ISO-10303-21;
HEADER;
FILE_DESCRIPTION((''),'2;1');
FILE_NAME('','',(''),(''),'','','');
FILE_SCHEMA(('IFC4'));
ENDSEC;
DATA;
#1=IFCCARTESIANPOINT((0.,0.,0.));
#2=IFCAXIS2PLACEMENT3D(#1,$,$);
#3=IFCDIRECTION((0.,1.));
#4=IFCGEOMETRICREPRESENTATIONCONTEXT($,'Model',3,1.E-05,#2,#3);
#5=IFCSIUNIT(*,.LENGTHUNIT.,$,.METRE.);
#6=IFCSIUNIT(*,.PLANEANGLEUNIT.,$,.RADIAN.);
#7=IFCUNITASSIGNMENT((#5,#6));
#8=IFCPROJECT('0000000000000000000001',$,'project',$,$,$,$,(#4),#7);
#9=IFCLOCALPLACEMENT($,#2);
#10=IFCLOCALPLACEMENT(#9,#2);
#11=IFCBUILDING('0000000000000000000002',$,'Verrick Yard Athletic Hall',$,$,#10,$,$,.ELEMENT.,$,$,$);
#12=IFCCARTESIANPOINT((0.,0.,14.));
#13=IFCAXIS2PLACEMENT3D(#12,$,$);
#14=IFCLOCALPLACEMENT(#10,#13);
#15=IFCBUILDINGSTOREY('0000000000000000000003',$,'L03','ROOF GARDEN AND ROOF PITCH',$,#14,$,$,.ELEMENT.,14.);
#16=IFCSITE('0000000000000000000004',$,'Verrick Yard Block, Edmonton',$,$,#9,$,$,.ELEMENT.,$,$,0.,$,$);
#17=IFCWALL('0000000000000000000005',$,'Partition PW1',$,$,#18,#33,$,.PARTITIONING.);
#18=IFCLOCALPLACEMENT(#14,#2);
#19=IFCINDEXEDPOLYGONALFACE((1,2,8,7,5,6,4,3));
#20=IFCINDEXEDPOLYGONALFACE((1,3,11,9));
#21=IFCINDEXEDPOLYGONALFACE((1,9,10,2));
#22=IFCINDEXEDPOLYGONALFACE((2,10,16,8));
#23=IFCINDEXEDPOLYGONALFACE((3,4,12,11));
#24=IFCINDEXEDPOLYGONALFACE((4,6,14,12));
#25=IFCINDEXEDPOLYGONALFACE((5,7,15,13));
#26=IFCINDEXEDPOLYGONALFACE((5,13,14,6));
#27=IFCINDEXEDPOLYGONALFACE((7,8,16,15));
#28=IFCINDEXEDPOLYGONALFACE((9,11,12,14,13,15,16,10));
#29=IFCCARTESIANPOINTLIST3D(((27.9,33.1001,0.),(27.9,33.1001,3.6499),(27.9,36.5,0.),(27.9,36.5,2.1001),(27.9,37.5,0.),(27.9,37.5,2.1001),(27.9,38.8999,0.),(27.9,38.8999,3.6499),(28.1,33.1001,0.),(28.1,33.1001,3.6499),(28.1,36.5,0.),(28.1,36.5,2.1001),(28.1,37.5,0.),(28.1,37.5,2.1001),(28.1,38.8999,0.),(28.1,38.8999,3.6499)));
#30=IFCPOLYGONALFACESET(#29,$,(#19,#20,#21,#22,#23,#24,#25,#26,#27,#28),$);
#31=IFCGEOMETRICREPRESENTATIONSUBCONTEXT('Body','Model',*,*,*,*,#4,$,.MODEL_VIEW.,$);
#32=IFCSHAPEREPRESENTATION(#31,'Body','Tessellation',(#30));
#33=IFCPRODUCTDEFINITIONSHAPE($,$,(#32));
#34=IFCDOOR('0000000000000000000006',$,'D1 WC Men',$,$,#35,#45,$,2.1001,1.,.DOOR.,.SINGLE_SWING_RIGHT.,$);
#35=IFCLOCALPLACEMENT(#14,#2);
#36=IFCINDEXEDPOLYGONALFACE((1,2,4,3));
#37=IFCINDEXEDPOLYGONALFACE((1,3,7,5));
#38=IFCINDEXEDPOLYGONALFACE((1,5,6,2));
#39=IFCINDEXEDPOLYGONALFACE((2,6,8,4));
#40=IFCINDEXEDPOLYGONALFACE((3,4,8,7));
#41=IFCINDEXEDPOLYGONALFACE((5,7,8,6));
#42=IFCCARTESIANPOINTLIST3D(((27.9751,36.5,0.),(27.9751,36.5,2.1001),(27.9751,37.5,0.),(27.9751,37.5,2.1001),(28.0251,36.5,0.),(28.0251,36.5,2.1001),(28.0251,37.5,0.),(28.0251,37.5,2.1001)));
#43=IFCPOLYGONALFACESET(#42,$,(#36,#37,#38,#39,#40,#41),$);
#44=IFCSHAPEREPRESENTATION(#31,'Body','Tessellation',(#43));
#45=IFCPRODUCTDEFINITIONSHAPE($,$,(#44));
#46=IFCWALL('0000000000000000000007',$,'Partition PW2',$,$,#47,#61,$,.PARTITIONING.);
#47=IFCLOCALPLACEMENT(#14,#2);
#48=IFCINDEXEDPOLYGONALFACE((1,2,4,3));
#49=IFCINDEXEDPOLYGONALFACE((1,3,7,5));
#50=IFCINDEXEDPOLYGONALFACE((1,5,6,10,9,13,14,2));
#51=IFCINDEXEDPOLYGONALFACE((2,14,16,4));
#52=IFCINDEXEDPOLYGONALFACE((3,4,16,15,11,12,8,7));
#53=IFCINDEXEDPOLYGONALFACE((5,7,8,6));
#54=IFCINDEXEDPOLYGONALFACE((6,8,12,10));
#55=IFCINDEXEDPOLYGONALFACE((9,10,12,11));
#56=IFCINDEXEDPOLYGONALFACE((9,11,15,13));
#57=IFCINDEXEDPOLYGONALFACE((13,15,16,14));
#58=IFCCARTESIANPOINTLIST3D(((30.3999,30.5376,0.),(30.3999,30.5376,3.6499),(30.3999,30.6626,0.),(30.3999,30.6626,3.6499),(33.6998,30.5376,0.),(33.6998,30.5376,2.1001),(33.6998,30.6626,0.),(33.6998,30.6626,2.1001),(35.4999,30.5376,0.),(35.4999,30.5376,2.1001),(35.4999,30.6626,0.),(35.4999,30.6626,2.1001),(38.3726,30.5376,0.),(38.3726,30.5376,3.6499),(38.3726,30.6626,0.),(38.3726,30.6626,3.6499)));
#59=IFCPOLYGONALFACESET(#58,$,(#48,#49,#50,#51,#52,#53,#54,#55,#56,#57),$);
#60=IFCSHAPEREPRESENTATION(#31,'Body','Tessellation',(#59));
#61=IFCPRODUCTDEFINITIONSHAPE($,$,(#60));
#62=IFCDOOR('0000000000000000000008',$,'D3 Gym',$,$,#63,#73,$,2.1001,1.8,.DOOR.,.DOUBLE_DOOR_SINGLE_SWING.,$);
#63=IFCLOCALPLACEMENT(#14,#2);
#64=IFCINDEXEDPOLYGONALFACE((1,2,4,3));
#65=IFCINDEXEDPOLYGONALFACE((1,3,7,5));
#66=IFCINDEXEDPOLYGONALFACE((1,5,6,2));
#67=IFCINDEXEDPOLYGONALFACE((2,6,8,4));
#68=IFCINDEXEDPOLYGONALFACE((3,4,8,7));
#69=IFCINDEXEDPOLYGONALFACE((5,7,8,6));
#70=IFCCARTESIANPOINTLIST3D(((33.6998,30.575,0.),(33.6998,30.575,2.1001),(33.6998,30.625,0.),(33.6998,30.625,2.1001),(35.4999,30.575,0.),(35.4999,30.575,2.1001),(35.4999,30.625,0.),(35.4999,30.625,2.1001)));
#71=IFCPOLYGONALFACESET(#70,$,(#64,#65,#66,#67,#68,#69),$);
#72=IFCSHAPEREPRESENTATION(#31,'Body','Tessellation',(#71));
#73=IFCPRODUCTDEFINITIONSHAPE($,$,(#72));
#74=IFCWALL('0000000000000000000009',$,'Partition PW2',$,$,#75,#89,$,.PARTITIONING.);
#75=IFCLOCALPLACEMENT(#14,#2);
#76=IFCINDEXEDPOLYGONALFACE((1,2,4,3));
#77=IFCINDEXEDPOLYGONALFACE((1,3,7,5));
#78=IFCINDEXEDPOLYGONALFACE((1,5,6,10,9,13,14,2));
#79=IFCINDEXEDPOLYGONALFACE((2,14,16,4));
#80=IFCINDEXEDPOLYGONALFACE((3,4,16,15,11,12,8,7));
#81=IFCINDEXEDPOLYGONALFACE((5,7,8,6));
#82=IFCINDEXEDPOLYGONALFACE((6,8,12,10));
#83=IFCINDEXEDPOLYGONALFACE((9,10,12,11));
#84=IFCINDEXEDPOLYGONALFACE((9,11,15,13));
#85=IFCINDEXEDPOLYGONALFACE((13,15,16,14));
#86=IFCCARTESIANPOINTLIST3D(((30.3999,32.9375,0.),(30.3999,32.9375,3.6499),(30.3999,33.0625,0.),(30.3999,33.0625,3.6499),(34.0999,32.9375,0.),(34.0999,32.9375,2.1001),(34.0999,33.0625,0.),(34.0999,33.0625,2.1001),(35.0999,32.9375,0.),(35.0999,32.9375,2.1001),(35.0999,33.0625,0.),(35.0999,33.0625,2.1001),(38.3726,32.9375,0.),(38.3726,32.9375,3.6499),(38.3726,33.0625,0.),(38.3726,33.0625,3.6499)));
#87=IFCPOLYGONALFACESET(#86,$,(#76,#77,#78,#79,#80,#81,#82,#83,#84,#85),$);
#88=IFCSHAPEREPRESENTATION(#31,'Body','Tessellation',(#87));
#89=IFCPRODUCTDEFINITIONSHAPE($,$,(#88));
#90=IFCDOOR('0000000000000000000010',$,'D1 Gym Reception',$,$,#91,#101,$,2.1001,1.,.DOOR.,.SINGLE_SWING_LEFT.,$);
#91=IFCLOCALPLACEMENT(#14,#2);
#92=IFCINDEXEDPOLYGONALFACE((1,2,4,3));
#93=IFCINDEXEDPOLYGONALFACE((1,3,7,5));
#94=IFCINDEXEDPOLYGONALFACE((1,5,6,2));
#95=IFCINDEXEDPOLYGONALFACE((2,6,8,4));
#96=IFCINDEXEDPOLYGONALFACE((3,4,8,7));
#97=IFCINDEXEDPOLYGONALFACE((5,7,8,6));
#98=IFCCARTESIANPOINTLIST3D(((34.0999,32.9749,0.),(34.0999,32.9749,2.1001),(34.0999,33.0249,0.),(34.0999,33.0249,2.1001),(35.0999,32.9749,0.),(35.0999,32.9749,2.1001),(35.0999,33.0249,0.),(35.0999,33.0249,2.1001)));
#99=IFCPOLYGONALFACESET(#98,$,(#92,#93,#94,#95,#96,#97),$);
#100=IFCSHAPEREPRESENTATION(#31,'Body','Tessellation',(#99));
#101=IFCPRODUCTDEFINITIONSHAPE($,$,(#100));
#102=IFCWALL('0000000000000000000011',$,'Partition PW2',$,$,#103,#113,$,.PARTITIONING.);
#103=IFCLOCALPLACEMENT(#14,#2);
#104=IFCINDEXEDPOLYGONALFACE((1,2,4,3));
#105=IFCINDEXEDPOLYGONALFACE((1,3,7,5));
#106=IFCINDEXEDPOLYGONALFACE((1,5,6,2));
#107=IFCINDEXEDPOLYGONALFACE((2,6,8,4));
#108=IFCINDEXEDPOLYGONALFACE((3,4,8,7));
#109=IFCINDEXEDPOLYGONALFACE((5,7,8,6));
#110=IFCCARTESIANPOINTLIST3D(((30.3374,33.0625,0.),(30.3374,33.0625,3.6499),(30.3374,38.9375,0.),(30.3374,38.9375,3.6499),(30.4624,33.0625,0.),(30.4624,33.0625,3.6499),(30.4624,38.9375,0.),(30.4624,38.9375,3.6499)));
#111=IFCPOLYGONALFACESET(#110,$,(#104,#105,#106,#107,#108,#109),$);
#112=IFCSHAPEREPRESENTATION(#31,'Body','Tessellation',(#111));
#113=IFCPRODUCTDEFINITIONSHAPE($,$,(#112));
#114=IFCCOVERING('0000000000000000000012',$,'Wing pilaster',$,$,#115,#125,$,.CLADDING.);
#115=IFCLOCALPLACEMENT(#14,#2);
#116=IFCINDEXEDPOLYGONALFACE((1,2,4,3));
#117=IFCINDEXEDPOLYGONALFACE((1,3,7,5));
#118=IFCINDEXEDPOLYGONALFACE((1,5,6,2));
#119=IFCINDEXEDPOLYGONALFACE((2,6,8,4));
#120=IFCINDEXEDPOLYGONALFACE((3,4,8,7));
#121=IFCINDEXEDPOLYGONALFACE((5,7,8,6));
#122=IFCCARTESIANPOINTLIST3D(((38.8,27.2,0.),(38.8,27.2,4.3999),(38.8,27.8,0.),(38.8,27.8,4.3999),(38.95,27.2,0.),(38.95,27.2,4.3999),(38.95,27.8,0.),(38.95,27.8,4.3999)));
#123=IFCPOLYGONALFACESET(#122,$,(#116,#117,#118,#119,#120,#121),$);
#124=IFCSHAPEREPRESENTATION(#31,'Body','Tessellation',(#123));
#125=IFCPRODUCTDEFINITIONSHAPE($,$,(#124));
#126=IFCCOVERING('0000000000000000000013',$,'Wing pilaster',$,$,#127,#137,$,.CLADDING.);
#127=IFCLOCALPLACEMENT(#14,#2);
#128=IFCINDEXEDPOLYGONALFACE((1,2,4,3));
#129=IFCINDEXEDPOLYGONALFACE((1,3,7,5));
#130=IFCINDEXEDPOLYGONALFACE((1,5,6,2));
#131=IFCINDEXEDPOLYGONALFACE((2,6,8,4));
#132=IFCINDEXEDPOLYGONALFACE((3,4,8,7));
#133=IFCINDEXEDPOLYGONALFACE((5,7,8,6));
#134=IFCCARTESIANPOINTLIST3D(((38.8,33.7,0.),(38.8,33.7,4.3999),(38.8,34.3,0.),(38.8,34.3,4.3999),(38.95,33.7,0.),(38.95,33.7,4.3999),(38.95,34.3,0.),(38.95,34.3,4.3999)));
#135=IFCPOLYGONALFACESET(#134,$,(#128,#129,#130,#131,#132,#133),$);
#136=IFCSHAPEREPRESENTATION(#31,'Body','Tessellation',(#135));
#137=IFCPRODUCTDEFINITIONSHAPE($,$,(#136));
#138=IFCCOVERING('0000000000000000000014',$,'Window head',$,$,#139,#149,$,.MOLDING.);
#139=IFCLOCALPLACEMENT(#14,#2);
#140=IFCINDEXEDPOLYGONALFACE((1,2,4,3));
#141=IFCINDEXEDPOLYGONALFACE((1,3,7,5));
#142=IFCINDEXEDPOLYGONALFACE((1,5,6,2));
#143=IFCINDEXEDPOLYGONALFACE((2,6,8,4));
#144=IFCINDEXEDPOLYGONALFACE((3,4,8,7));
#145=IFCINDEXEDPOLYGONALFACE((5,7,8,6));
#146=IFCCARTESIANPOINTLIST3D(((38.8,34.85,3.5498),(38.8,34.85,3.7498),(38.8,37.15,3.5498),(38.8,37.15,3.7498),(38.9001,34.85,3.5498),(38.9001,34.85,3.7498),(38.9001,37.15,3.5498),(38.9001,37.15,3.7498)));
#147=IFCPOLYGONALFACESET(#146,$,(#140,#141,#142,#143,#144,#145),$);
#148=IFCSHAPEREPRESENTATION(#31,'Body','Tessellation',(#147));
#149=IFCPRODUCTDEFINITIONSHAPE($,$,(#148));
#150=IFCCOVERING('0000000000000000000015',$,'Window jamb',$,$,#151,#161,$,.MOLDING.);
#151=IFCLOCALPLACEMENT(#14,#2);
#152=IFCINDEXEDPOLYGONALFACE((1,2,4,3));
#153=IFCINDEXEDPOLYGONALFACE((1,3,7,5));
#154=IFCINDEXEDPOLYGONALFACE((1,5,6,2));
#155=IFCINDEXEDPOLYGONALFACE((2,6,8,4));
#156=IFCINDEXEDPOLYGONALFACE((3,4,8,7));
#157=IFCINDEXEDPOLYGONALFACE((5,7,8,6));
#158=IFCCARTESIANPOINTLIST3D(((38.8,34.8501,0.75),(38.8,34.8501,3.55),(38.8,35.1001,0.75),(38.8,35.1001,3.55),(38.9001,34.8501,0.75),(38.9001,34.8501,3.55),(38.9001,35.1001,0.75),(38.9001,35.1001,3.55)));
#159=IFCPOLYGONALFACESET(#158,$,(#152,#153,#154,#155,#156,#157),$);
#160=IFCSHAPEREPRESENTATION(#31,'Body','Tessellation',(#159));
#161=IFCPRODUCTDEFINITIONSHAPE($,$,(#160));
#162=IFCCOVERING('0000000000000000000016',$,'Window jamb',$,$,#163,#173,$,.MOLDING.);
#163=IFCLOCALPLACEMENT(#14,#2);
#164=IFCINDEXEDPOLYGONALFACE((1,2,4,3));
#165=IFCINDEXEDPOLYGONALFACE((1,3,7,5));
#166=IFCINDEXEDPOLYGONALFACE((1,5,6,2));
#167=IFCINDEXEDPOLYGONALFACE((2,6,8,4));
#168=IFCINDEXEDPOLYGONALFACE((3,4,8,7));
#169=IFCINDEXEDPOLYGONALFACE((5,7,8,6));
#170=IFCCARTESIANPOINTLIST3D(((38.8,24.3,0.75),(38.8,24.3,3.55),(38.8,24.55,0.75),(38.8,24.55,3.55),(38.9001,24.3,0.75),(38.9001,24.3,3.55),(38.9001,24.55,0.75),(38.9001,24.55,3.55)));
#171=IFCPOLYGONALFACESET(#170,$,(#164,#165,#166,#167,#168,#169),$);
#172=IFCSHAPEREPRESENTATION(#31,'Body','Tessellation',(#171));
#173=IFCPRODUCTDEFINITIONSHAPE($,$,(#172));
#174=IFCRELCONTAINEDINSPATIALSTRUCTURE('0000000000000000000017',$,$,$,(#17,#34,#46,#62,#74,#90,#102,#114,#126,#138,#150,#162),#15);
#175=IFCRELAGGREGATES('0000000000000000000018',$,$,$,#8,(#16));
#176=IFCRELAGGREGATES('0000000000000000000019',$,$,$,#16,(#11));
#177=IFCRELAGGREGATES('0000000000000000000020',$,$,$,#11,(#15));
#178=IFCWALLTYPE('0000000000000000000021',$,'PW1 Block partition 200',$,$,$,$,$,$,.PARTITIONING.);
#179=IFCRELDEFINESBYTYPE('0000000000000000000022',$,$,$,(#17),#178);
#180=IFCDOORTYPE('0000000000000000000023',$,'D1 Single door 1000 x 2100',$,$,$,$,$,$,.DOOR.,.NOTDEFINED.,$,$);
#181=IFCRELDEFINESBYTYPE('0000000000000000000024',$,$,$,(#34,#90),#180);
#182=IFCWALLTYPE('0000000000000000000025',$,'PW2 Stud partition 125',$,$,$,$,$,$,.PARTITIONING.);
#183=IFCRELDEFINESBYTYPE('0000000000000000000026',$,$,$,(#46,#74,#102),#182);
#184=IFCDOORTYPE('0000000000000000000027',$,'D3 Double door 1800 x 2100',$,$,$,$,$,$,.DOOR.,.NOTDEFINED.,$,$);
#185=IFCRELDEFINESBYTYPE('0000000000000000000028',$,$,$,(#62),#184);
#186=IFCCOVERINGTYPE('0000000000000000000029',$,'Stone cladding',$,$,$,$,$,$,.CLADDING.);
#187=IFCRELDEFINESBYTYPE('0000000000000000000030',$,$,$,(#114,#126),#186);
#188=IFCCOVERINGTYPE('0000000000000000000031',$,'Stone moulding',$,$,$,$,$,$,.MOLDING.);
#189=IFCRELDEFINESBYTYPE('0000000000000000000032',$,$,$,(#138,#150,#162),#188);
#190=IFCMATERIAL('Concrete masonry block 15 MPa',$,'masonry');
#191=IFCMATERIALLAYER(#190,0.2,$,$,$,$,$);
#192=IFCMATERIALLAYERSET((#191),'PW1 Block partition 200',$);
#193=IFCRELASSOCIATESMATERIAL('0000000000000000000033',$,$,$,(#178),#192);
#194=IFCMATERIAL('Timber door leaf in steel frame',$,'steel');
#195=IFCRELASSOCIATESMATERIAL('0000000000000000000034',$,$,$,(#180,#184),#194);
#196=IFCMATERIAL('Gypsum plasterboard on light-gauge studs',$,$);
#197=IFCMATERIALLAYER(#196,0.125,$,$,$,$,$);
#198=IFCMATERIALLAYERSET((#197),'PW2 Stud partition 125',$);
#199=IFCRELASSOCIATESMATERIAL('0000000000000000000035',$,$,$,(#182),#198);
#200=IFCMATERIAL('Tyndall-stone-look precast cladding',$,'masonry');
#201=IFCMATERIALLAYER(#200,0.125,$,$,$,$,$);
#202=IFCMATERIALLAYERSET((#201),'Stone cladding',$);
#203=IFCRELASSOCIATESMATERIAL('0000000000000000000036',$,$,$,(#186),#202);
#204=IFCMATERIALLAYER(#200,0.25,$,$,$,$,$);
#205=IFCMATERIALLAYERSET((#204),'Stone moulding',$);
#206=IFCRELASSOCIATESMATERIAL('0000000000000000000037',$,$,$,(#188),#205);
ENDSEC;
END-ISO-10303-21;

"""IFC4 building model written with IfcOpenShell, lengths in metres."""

from ifc_helpers import new_model, si_unit, direction, frame, frame_2d, origin, origin_2d, place, context, subcontext, project, spatial, rectangle, extrude, material, layer, layer_set, type_object, element, fill, save


model = new_model("IFC4")

# Units and contexts
model_context = context("Model", 3, precision=1e-05, world=origin(), true_north=direction((0.0, 1.0)))
body_context = subcontext(model_context, "Body", "Model", "MODEL_VIEW")
ifc_project = project(units=[si_unit("LENGTHUNIT", "METRE"), si_unit("PLANEANGLEUNIT", "RADIAN")], contexts=[model_context])

# Site, building, storey
site_placement = place(None, origin())
site = spatial("IfcSite", under=ifc_project, at=site_placement, Name="Verrick Yard Block, Edmonton", CompositionType="ELEMENT", RefElevation=0.0)
building_placement = place(site_placement, origin())
building = spatial("IfcBuilding", under=site, at=building_placement, Name="Verrick Yard Athletic Hall", CompositionType="ELEMENT")
storey_placement = place(building_placement, frame((0.0, 0.0, 14.0)))
storey = spatial("IfcBuildingStorey", under=building, at=storey_placement, Name="L03", Description="ROOF GARDEN AND ROOF PITCH", CompositionType="ELEMENT", Elevation=14.0)

# Walls, openings, doors
ifc_material_1 = material(Name="Concrete masonry block 15 MPa", Category="masonry")
ifc_layer_1 = layer(ifc_material_1, 0.2)
ifc_layer_set_1 = layer_set([ifc_layer_1], Name="PW1 Block partition 200")
wall_type_1 = type_object("IfcWallType", Name="PW1 Block partition 200", PredefinedType="PARTITIONING", material=ifc_layer_set_1)
wall_1_placement = place(storey_placement, frame((28.0, 33.1001, 0.0), z_axis=(0.0, 0.0, 1.0), x_axis=(0.0, 1.0, 0.0)))
wall_1 = element("IfcWall", 1, at=wall_1_placement, inside=storey, type_object=wall_type_1, Name="Partition PW1", PredefinedType="PARTITIONING", context=body_context, shape_type="SweptSolid", body=[
    extrude(rectangle(XDim=5.7998, YDim=0.2, at=frame_2d((2.8999, 0.0))), origin(), (0.0, 0.0, 1.0), 3.6499),
])
opening_1_placement = place(wall_1_placement, frame((3.3999, 0.0, 0.0)))
opening_1 = element("IfcOpeningElement", 2, at=opening_1_placement, cuts=wall_1, PredefinedType="OPENING", context=body_context, shape_type="SweptSolid", body=[
    extrude(rectangle(XDim=1.0, YDim=2.1001, at=frame_2d((0.5, 1.05))), frame((0.0, 0.1099, 0.0), z_axis=(0.0, -1.0, 0.0), x_axis=(1.0, 0.0, 0.0)), (0.0, 0.0, 1.0), 0.22),
])
ifc_material_2 = material(Name="Timber door leaf in steel frame", Category="steel")
door_type_1 = type_object("IfcDoorType", Name="D1 Single door 1000 x 2100", OperationType="NOTDEFINED", PredefinedType="DOOR", material=ifc_material_2)
door_1_placement = place(opening_1_placement, origin())
door_1 = element("IfcDoor", 3, at=door_1_placement, inside=storey, type_object=door_type_1, Name="D1 WC Men", OperationType="SINGLE_SWING_RIGHT", OverallHeight=2.1001, OverallWidth=1.0, PredefinedType="DOOR", context=body_context, shape_type="SweptSolid", body=[
    extrude(rectangle(XDim=1.0, YDim=2.1001, at=frame_2d((0.5, 1.05))), frame((0.0, 0.0249, 0.0), z_axis=(0.0, -1.0, 0.0), x_axis=(1.0, 0.0, 0.0)), (0.0, 0.0, 1.0), 0.05),
])
fill(opening_1, door_1)
ifc_material_3 = material(Name="Gypsum plasterboard on light-gauge studs")
ifc_layer_2 = layer(ifc_material_3, 0.125)
ifc_layer_set_2 = layer_set([ifc_layer_2], Name="PW2 Stud partition 125")
wall_type_2 = type_object("IfcWallType", Name="PW2 Stud partition 125", PredefinedType="PARTITIONING", material=ifc_layer_set_2)
wall_2_placement = place(storey_placement, frame((30.3999, 30.6001, 0.0), z_axis=(0.0, 0.0, 1.0), x_axis=(1.0, 0.0, 0.0)))
wall_2 = element("IfcWall", 4, at=wall_2_placement, inside=storey, type_object=wall_type_2, Name="Partition PW2", PredefinedType="PARTITIONING", context=body_context, shape_type="SweptSolid", body=[
    extrude(rectangle(XDim=7.9727, YDim=0.125, at=frame_2d((3.9863, 0.0))), origin(), (0.0, 0.0, 1.0), 3.6499),
])
opening_2_placement = place(wall_2_placement, frame((3.3, 0.0, 0.0)))
opening_2 = element("IfcOpeningElement", 5, at=opening_2_placement, cuts=wall_2, PredefinedType="OPENING", context=body_context, shape_type="SweptSolid", body=[
    extrude(rectangle(XDim=1.8, YDim=2.1001, at=frame_2d((0.8999, 1.05))), frame((0.0, 0.0725, 0.0), z_axis=(0.0, -1.0, 0.0), x_axis=(1.0, 0.0, 0.0)), (0.0, 0.0, 1.0), 0.145),
])
door_type_2 = type_object("IfcDoorType", Name="D3 Double door 1800 x 2100", OperationType="NOTDEFINED", PredefinedType="DOOR", material=ifc_material_2)
door_2_placement = place(opening_2_placement, origin())
door_2 = element("IfcDoor", 6, at=door_2_placement, inside=storey, type_object=door_type_2, Name="D3 Gym", OperationType="DOUBLE_DOOR_SINGLE_SWING", OverallHeight=2.1001, OverallWidth=1.8, PredefinedType="DOOR", context=body_context, shape_type="SweptSolid", body=[
    extrude(rectangle(XDim=1.8, YDim=2.1001, at=frame_2d((0.8999, 1.05))), frame((0.0, 0.0249, 0.0), z_axis=(0.0, -1.0, 0.0), x_axis=(1.0, 0.0, 0.0)), (0.0, 0.0, 1.0), 0.05),
])
fill(opening_2, door_2)
wall_3_placement = place(storey_placement, frame((30.3999, 33.0, 0.0), z_axis=(0.0, 0.0, 1.0), x_axis=(1.0, 0.0, 0.0)))
wall_3 = element("IfcWall", 7, at=wall_3_placement, inside=storey, type_object=wall_type_2, Name="Partition PW2", PredefinedType="PARTITIONING", context=body_context, shape_type="SweptSolid", body=[
    extrude(rectangle(XDim=7.9727, YDim=0.125, at=frame_2d((3.9863, 0.0))), origin(), (0.0, 0.0, 1.0), 3.6499),
])
opening_3_placement = place(wall_3_placement, frame((3.7, 0.0, 0.0)))
opening_3 = element("IfcOpeningElement", 8, at=opening_3_placement, cuts=wall_3, PredefinedType="OPENING", context=body_context, shape_type="SweptSolid", body=[
    extrude(rectangle(XDim=1.0, YDim=2.1001, at=frame_2d((0.5, 1.05))), frame((0.0, 0.0725, 0.0), z_axis=(0.0, -1.0, 0.0), x_axis=(1.0, 0.0, 0.0)), (0.0, 0.0, 1.0), 0.145),
])
door_3_placement = place(opening_3_placement, origin())
door_3 = element("IfcDoor", 9, at=door_3_placement, inside=storey, type_object=door_type_1, Name="D1 Gym Reception", OperationType="SINGLE_SWING_LEFT", OverallHeight=2.1001, OverallWidth=1.0, PredefinedType="DOOR", context=body_context, shape_type="SweptSolid", body=[
    extrude(rectangle(XDim=1.0, YDim=2.1001, at=frame_2d((0.5, 1.05))), frame((0.0, 0.0249, 0.0), z_axis=(0.0, -1.0, 0.0), x_axis=(1.0, 0.0, 0.0)), (0.0, 0.0, 1.0), 0.05),
])
fill(opening_3, door_3)

# Wall
wall_4_placement = place(storey_placement, frame((30.3999, 33.0625, 0.0), z_axis=(0.0, 0.0, 1.0), x_axis=(0.0, 1.0, 0.0)))
element("IfcWall", 10, at=wall_4_placement, inside=storey, type_object=wall_type_2, Name="Partition PW2", PredefinedType="PARTITIONING", context=body_context, shape_type="SweptSolid", body=[
    extrude(rectangle(XDim=5.875, YDim=0.125, at=frame_2d((2.9375, 0.0))), origin(), (0.0, 0.0, 1.0), 3.6499),
])

# Coverings
ifc_material_4 = material(Name="Tyndall-stone-look precast cladding", Category="masonry")
ifc_layer_3 = layer(ifc_material_4, 0.125)
ifc_layer_set_3 = layer_set([ifc_layer_3], Name="Stone cladding")
covering_type_1 = type_object("IfcCoveringType", Name="Stone cladding", PredefinedType="CLADDING", material=ifc_layer_set_3)
for number, where, z_axis, x_axis, name in (
    (11, (38.875, 27.5, 0.0), (0.0, 0.0, 1.0), (0.0, 1.0, 0.0), "Wing pilaster"),
    (12, (38.875, 34.0, 0.0), (0.0, 0.0, 1.0), (0.0, 1.0, 0.0), "Wing pilaster"),
):
    element("IfcCovering", number, at=place(storey_placement, frame(where, z_axis=z_axis, x_axis=x_axis)), inside=storey, type_object=covering_type_1, Name=name, PredefinedType="CLADDING", context=body_context, shape_type="SweptSolid", body=[
        extrude(rectangle(XDim=0.6001, YDim=0.1499, at=origin_2d()), origin(), (0.0, 0.0, 1.0), 4.3999),
    ])
ifc_layer_4 = layer(ifc_material_4, 0.25)
ifc_layer_set_4 = layer_set([ifc_layer_4], Name="Stone moulding")
covering_type_2 = type_object("IfcCoveringType", Name="Stone moulding", PredefinedType="MOLDING", material=ifc_layer_set_4)
covering_placement = place(storey_placement, frame((38.8501, 36.0, 3.5498), z_axis=(0.0, 0.0, 1.0), x_axis=(0.0, 1.0, 0.0)))
element("IfcCovering", 13, at=covering_placement, inside=storey, type_object=covering_type_2, Name="Window head", PredefinedType="MOLDING", context=body_context, shape_type="SweptSolid", body=[
    extrude(rectangle(XDim=2.3, YDim=0.1001, at=origin_2d()), origin(), (0.0, 0.0, 1.0), 0.2),
])
for number, where, z_axis, x_axis, name in (
    (14, (38.8501, 34.9751, 0.75), (0.0, 0.0, 1.0), (0.0, 1.0, 0.0), "Window jamb"),
    (15, (38.8501, 24.425, 0.75), (0.0, 0.0, 1.0), (0.0, 1.0, 0.0), "Window jamb"),
):
    element("IfcCovering", number, at=place(storey_placement, frame(where, z_axis=z_axis, x_axis=x_axis)), inside=storey, type_object=covering_type_2, Name=name, PredefinedType="MOLDING", context=body_context, shape_type="SweptSolid", body=[
        extrude(rectangle(XDim=0.25, YDim=0.1001, at=origin_2d()), origin(), (0.0, 0.0, 1.0), 2.8),
    ])

save(model, "model.ifc")
